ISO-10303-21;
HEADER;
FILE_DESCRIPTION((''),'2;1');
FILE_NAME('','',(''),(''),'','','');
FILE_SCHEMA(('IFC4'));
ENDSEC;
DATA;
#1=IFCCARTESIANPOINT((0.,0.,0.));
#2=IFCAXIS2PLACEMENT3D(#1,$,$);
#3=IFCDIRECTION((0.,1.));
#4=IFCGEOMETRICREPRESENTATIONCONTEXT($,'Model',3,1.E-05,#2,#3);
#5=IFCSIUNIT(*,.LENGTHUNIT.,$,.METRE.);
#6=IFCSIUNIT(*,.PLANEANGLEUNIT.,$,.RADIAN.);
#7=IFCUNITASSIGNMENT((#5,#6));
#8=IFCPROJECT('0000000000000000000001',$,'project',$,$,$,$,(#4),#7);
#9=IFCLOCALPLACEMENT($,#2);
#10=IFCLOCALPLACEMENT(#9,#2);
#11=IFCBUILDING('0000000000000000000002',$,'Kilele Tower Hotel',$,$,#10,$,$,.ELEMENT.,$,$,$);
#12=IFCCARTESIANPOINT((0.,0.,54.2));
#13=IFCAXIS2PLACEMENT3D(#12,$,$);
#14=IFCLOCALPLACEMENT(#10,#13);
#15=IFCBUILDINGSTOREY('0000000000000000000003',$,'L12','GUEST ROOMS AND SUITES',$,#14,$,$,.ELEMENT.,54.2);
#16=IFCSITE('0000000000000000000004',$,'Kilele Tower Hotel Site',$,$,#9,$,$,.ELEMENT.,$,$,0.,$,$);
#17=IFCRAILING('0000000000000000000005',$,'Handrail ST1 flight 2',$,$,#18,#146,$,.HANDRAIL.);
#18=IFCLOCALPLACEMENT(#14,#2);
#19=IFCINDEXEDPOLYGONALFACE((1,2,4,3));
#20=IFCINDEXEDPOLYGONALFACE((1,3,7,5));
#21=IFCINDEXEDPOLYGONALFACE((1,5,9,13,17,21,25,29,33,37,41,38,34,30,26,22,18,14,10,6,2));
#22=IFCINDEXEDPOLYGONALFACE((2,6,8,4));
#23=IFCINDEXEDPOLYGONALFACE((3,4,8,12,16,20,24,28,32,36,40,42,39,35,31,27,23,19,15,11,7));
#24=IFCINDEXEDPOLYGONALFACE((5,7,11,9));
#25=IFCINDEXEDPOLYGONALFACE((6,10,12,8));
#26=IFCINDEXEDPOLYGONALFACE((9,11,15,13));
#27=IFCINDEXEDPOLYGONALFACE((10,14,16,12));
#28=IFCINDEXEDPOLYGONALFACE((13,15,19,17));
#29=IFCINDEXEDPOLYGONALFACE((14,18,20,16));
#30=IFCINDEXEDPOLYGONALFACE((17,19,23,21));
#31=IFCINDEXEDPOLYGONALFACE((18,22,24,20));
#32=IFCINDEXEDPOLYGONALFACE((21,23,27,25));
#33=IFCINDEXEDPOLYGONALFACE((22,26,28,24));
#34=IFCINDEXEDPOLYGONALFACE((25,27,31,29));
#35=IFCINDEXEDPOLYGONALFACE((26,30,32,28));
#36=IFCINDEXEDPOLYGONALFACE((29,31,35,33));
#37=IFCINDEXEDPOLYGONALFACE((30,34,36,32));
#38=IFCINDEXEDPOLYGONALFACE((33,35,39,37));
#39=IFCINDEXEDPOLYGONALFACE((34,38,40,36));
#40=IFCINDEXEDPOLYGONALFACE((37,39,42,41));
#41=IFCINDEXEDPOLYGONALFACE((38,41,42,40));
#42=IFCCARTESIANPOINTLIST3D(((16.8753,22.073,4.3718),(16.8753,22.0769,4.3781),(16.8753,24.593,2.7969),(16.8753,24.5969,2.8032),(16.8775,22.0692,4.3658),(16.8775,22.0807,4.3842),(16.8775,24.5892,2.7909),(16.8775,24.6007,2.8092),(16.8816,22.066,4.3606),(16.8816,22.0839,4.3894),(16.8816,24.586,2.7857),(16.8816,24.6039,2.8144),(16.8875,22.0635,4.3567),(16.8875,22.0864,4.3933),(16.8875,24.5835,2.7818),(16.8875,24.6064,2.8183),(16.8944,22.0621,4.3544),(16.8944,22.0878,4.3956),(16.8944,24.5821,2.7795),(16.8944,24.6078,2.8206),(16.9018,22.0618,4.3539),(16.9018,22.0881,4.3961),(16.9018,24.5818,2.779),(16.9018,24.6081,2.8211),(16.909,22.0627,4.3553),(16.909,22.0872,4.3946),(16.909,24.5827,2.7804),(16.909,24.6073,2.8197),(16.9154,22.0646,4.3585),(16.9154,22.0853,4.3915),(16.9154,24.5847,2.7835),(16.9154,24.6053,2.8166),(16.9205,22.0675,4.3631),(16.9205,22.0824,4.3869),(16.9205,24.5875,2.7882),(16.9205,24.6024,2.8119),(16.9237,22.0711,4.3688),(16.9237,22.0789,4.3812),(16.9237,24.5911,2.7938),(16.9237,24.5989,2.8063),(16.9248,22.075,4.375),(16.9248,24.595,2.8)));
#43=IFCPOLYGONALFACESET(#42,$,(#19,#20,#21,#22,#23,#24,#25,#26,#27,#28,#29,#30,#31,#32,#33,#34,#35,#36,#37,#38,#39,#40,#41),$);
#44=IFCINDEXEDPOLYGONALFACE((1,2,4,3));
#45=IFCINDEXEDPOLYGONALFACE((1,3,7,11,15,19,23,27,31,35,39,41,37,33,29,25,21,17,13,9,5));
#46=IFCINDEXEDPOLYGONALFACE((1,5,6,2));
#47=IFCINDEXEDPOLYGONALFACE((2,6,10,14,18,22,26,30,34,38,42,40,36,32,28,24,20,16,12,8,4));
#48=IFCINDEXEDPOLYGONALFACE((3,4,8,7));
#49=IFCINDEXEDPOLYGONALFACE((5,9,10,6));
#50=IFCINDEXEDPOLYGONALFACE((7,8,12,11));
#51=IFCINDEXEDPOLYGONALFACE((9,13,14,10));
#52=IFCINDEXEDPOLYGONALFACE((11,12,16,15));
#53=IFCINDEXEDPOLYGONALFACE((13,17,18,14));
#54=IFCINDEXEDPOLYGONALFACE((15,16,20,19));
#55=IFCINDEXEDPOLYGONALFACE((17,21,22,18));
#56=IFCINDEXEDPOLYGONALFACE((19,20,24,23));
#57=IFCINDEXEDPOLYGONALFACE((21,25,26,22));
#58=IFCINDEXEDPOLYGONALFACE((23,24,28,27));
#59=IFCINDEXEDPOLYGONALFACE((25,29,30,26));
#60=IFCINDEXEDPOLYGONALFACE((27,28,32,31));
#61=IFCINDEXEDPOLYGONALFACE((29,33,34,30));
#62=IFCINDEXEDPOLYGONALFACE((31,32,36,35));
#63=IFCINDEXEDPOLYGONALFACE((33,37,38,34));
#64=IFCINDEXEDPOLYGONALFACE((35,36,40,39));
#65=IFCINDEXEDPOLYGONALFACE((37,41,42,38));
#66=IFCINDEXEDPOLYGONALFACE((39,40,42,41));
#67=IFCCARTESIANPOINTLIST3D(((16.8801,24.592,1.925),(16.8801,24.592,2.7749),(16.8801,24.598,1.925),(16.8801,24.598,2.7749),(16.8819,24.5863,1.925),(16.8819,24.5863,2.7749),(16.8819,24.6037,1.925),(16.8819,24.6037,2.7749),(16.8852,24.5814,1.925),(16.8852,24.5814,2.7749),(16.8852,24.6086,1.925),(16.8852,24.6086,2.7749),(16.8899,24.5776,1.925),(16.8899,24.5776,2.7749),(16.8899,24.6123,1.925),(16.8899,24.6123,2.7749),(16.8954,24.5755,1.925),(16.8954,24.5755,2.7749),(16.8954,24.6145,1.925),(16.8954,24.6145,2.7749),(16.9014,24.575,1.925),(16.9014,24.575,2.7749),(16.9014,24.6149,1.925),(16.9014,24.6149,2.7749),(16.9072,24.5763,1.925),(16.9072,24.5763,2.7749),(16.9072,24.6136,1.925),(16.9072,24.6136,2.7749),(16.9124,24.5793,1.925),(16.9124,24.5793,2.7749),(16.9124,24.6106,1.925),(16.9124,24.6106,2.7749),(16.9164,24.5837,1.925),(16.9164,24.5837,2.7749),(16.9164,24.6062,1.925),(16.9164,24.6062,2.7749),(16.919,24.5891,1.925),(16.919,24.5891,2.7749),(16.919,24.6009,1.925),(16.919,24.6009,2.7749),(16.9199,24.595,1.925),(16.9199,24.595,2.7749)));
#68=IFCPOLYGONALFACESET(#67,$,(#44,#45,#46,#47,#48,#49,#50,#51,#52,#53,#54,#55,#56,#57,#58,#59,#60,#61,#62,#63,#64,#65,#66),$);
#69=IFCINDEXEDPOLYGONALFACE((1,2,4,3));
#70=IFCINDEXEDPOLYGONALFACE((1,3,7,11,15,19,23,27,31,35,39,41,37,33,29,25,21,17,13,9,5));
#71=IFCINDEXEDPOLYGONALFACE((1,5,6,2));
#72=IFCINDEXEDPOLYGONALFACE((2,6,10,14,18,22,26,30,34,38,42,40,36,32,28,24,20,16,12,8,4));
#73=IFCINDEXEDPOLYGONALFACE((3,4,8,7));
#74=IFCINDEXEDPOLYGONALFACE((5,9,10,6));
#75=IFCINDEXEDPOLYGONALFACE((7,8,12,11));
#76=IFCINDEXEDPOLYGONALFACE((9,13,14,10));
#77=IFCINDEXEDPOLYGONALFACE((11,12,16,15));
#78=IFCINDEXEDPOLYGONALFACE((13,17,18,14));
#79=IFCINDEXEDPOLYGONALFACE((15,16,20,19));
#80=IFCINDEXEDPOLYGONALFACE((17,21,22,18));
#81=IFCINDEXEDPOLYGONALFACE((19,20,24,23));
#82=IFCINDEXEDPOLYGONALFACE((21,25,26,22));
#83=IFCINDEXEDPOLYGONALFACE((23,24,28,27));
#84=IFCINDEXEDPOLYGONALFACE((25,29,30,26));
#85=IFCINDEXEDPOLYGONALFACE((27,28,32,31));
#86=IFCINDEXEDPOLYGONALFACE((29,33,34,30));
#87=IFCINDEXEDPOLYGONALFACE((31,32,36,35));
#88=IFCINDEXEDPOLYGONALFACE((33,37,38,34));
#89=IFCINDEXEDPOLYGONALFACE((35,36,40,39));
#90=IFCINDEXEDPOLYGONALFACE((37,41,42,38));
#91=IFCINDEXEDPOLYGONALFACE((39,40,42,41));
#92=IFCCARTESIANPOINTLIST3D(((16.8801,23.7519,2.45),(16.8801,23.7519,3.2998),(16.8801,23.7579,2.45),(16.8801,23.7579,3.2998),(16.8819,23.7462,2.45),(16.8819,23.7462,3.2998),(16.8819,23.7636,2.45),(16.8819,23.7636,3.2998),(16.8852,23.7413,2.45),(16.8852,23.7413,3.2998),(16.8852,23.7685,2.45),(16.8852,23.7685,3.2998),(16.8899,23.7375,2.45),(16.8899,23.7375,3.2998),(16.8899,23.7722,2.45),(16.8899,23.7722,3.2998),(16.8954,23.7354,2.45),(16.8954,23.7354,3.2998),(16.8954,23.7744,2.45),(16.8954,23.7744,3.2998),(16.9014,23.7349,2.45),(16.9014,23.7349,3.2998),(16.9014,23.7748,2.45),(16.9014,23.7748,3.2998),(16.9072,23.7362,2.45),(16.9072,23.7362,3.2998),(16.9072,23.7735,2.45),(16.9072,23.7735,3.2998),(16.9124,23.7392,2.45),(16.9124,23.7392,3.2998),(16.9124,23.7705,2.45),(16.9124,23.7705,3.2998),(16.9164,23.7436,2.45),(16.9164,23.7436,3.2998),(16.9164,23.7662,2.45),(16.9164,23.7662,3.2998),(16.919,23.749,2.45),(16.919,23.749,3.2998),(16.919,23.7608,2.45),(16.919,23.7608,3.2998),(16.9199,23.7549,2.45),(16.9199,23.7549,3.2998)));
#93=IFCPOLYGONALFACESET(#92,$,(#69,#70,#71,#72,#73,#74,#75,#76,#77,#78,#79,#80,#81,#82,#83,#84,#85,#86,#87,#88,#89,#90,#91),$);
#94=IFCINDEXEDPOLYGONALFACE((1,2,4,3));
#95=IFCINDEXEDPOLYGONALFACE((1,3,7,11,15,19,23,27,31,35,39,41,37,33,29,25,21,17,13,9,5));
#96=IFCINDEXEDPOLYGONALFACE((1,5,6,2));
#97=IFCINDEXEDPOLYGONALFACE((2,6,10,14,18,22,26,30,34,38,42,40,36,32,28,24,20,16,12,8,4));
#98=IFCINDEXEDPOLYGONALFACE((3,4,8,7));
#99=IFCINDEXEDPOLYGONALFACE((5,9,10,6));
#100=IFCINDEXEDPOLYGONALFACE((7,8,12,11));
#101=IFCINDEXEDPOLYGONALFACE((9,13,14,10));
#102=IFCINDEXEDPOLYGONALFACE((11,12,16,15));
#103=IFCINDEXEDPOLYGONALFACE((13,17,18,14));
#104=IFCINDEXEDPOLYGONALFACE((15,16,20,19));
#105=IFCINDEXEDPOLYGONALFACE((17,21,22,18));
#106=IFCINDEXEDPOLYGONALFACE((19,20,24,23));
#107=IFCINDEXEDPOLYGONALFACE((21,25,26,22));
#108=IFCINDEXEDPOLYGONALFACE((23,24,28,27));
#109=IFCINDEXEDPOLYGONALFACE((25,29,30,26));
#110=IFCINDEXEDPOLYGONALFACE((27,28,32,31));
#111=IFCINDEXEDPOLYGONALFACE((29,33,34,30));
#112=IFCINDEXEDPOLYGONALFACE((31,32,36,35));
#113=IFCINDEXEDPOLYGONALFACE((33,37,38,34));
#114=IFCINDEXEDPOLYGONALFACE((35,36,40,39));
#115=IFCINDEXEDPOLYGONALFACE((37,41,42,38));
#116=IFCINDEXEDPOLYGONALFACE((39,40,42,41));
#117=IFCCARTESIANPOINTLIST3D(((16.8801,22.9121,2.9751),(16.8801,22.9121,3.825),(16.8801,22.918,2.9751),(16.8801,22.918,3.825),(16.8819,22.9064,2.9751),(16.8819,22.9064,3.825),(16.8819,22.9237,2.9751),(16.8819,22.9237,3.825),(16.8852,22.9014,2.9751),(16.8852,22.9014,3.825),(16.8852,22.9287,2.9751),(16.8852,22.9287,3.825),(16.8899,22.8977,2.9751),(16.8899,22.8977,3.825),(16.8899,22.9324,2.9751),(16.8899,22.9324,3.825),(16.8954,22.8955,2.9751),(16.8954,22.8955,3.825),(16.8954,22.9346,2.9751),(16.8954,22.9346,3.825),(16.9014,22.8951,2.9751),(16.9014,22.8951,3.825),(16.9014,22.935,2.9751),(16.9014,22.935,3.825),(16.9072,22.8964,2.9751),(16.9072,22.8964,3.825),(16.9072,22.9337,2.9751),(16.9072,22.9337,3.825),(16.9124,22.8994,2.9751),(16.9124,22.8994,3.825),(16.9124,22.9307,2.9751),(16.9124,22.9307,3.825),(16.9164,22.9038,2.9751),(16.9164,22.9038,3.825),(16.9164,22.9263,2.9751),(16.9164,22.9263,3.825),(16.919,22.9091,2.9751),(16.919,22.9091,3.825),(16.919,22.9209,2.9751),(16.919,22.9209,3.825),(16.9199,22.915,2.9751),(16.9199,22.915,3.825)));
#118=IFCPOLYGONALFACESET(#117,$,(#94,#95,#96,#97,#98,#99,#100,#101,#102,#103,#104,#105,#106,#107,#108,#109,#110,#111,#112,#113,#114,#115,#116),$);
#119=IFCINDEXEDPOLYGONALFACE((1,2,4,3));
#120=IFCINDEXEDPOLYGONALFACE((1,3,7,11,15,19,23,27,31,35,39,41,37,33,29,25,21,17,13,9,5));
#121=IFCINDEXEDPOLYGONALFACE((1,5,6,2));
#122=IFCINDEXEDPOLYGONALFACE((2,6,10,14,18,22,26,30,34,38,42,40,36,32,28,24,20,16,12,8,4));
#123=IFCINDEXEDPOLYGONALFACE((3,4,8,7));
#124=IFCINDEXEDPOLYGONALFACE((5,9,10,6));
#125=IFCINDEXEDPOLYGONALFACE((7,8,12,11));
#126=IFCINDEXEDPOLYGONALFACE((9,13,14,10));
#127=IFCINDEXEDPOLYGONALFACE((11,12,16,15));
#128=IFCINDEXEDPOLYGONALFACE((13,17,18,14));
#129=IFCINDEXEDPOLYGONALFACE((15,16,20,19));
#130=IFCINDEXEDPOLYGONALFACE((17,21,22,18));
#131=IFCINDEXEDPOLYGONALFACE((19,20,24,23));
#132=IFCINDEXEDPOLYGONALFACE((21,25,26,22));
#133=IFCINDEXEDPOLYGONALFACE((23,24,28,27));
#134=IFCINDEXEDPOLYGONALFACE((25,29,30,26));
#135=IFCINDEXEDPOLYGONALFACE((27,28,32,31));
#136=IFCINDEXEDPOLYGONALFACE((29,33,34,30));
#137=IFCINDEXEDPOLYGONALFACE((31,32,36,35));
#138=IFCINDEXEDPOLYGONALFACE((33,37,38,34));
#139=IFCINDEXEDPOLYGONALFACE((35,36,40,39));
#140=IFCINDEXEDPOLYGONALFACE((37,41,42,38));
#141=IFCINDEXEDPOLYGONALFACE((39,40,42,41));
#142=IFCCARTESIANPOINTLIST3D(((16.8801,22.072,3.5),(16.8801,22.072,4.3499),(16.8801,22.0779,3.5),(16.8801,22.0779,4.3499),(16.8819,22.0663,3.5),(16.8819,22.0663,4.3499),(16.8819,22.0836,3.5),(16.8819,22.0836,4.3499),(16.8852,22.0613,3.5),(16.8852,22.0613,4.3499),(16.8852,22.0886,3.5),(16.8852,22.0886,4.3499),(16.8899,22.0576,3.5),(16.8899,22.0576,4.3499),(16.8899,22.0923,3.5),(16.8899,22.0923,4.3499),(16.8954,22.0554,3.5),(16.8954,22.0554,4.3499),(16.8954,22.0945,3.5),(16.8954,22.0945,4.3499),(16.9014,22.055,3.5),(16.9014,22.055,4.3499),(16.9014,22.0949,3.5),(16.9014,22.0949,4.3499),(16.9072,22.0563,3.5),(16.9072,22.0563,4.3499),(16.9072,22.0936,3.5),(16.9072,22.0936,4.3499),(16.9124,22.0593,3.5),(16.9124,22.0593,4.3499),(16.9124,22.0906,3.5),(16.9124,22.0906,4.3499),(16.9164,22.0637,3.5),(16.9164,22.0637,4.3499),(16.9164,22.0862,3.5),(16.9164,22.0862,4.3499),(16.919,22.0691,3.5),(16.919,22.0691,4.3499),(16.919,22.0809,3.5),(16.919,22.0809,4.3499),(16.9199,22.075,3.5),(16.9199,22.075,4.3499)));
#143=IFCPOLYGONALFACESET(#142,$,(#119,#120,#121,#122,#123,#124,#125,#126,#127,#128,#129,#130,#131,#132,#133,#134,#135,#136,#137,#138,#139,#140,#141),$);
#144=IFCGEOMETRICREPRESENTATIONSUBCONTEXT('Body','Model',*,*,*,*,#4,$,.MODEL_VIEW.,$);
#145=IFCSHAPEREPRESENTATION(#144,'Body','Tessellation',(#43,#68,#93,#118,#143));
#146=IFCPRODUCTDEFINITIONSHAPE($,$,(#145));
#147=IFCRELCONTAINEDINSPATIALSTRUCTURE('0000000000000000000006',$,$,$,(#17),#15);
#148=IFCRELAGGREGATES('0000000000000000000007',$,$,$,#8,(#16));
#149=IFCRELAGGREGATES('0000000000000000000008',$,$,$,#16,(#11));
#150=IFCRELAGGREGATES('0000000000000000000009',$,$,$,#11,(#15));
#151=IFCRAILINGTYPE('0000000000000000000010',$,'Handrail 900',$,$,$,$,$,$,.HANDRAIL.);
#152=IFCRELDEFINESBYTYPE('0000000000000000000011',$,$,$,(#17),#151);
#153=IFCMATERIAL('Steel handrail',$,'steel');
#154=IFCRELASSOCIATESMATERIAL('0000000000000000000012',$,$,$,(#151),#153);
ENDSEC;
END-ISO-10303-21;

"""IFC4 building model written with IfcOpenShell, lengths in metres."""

from ifc_helpers import new_model, si_unit, direction, frame, origin, origin_2d, place, context, subcontext, project, spatial, circle, extrude, material, type_object, element, save


model = new_model("IFC4")

# Units and contexts
model_context = context("Model", 3, precision=1e-05, world=origin(), true_north=direction((0.0, 1.0)))
body_context = subcontext(model_context, "Body", "Model", "MODEL_VIEW")
ifc_project = project(units=[si_unit("LENGTHUNIT", "METRE"), si_unit("PLANEANGLEUNIT", "RADIAN")], contexts=[model_context])

# Site, building, storey
site_placement = place(None, origin())
site = spatial("IfcSite", under=ifc_project, at=site_placement, Name="Kilele Tower Hotel Site", CompositionType="ELEMENT", RefElevation=0.0)
building_placement = place(site_placement, origin())
building = spatial("IfcBuilding", under=site, at=building_placement, Name="Kilele Tower Hotel", CompositionType="ELEMENT")
storey_placement = place(building_placement, frame((0.0, 0.0, 54.2)))
storey = spatial("IfcBuildingStorey", under=building, at=storey_placement, Name="L12", Description="GUEST ROOMS AND SUITES", CompositionType="ELEMENT", Elevation=54.2)

# Railing
ifc_material_1 = material(Name="Steel handrail", Category="steel")
railing_type_1 = type_object("IfcRailingType", Name="Handrail 900", PredefinedType="HANDRAIL", material=ifc_material_1)
for number, where, name in (
    (1, (16.8999, 24.595, 1.925), "Handrail ST1 flight 2"),
):
    element("IfcRailing", number, at=place(storey_placement, frame(where)), inside=storey, type_object=railing_type_1, Name=name, PredefinedType="HANDRAIL", context=body_context, shape_type="SweptSolid", body=[
        extrude(circle(Radius=0.0249, at=origin_2d()), frame((0.0, 0.0, 0.875), z_axis=(0.0, -0.848008, 0.529984), x_axis=(1.0, 0.0, 0.0)), (0.0, 0.0, 1.0), 2.9717),
        extrude(circle(Radius=0.02, at=origin_2d()), origin(), (0.0, 0.0, 1.0), 0.8499),
        extrude(circle(Radius=0.02, at=origin_2d()), frame((0.0, -0.8401, 0.5249)), (0.0, 0.0, 1.0), 0.8499),
        extrude(circle(Radius=0.02, at=origin_2d()), frame((0.0, -1.6799, 1.05)), (0.0, 0.0, 1.0), 0.8499),
        extrude(circle(Radius=0.02, at=origin_2d()), frame((0.0, -2.52, 1.575)), (0.0, 0.0, 1.0), 0.8499),
    ])

save(model, "model.ifc")
